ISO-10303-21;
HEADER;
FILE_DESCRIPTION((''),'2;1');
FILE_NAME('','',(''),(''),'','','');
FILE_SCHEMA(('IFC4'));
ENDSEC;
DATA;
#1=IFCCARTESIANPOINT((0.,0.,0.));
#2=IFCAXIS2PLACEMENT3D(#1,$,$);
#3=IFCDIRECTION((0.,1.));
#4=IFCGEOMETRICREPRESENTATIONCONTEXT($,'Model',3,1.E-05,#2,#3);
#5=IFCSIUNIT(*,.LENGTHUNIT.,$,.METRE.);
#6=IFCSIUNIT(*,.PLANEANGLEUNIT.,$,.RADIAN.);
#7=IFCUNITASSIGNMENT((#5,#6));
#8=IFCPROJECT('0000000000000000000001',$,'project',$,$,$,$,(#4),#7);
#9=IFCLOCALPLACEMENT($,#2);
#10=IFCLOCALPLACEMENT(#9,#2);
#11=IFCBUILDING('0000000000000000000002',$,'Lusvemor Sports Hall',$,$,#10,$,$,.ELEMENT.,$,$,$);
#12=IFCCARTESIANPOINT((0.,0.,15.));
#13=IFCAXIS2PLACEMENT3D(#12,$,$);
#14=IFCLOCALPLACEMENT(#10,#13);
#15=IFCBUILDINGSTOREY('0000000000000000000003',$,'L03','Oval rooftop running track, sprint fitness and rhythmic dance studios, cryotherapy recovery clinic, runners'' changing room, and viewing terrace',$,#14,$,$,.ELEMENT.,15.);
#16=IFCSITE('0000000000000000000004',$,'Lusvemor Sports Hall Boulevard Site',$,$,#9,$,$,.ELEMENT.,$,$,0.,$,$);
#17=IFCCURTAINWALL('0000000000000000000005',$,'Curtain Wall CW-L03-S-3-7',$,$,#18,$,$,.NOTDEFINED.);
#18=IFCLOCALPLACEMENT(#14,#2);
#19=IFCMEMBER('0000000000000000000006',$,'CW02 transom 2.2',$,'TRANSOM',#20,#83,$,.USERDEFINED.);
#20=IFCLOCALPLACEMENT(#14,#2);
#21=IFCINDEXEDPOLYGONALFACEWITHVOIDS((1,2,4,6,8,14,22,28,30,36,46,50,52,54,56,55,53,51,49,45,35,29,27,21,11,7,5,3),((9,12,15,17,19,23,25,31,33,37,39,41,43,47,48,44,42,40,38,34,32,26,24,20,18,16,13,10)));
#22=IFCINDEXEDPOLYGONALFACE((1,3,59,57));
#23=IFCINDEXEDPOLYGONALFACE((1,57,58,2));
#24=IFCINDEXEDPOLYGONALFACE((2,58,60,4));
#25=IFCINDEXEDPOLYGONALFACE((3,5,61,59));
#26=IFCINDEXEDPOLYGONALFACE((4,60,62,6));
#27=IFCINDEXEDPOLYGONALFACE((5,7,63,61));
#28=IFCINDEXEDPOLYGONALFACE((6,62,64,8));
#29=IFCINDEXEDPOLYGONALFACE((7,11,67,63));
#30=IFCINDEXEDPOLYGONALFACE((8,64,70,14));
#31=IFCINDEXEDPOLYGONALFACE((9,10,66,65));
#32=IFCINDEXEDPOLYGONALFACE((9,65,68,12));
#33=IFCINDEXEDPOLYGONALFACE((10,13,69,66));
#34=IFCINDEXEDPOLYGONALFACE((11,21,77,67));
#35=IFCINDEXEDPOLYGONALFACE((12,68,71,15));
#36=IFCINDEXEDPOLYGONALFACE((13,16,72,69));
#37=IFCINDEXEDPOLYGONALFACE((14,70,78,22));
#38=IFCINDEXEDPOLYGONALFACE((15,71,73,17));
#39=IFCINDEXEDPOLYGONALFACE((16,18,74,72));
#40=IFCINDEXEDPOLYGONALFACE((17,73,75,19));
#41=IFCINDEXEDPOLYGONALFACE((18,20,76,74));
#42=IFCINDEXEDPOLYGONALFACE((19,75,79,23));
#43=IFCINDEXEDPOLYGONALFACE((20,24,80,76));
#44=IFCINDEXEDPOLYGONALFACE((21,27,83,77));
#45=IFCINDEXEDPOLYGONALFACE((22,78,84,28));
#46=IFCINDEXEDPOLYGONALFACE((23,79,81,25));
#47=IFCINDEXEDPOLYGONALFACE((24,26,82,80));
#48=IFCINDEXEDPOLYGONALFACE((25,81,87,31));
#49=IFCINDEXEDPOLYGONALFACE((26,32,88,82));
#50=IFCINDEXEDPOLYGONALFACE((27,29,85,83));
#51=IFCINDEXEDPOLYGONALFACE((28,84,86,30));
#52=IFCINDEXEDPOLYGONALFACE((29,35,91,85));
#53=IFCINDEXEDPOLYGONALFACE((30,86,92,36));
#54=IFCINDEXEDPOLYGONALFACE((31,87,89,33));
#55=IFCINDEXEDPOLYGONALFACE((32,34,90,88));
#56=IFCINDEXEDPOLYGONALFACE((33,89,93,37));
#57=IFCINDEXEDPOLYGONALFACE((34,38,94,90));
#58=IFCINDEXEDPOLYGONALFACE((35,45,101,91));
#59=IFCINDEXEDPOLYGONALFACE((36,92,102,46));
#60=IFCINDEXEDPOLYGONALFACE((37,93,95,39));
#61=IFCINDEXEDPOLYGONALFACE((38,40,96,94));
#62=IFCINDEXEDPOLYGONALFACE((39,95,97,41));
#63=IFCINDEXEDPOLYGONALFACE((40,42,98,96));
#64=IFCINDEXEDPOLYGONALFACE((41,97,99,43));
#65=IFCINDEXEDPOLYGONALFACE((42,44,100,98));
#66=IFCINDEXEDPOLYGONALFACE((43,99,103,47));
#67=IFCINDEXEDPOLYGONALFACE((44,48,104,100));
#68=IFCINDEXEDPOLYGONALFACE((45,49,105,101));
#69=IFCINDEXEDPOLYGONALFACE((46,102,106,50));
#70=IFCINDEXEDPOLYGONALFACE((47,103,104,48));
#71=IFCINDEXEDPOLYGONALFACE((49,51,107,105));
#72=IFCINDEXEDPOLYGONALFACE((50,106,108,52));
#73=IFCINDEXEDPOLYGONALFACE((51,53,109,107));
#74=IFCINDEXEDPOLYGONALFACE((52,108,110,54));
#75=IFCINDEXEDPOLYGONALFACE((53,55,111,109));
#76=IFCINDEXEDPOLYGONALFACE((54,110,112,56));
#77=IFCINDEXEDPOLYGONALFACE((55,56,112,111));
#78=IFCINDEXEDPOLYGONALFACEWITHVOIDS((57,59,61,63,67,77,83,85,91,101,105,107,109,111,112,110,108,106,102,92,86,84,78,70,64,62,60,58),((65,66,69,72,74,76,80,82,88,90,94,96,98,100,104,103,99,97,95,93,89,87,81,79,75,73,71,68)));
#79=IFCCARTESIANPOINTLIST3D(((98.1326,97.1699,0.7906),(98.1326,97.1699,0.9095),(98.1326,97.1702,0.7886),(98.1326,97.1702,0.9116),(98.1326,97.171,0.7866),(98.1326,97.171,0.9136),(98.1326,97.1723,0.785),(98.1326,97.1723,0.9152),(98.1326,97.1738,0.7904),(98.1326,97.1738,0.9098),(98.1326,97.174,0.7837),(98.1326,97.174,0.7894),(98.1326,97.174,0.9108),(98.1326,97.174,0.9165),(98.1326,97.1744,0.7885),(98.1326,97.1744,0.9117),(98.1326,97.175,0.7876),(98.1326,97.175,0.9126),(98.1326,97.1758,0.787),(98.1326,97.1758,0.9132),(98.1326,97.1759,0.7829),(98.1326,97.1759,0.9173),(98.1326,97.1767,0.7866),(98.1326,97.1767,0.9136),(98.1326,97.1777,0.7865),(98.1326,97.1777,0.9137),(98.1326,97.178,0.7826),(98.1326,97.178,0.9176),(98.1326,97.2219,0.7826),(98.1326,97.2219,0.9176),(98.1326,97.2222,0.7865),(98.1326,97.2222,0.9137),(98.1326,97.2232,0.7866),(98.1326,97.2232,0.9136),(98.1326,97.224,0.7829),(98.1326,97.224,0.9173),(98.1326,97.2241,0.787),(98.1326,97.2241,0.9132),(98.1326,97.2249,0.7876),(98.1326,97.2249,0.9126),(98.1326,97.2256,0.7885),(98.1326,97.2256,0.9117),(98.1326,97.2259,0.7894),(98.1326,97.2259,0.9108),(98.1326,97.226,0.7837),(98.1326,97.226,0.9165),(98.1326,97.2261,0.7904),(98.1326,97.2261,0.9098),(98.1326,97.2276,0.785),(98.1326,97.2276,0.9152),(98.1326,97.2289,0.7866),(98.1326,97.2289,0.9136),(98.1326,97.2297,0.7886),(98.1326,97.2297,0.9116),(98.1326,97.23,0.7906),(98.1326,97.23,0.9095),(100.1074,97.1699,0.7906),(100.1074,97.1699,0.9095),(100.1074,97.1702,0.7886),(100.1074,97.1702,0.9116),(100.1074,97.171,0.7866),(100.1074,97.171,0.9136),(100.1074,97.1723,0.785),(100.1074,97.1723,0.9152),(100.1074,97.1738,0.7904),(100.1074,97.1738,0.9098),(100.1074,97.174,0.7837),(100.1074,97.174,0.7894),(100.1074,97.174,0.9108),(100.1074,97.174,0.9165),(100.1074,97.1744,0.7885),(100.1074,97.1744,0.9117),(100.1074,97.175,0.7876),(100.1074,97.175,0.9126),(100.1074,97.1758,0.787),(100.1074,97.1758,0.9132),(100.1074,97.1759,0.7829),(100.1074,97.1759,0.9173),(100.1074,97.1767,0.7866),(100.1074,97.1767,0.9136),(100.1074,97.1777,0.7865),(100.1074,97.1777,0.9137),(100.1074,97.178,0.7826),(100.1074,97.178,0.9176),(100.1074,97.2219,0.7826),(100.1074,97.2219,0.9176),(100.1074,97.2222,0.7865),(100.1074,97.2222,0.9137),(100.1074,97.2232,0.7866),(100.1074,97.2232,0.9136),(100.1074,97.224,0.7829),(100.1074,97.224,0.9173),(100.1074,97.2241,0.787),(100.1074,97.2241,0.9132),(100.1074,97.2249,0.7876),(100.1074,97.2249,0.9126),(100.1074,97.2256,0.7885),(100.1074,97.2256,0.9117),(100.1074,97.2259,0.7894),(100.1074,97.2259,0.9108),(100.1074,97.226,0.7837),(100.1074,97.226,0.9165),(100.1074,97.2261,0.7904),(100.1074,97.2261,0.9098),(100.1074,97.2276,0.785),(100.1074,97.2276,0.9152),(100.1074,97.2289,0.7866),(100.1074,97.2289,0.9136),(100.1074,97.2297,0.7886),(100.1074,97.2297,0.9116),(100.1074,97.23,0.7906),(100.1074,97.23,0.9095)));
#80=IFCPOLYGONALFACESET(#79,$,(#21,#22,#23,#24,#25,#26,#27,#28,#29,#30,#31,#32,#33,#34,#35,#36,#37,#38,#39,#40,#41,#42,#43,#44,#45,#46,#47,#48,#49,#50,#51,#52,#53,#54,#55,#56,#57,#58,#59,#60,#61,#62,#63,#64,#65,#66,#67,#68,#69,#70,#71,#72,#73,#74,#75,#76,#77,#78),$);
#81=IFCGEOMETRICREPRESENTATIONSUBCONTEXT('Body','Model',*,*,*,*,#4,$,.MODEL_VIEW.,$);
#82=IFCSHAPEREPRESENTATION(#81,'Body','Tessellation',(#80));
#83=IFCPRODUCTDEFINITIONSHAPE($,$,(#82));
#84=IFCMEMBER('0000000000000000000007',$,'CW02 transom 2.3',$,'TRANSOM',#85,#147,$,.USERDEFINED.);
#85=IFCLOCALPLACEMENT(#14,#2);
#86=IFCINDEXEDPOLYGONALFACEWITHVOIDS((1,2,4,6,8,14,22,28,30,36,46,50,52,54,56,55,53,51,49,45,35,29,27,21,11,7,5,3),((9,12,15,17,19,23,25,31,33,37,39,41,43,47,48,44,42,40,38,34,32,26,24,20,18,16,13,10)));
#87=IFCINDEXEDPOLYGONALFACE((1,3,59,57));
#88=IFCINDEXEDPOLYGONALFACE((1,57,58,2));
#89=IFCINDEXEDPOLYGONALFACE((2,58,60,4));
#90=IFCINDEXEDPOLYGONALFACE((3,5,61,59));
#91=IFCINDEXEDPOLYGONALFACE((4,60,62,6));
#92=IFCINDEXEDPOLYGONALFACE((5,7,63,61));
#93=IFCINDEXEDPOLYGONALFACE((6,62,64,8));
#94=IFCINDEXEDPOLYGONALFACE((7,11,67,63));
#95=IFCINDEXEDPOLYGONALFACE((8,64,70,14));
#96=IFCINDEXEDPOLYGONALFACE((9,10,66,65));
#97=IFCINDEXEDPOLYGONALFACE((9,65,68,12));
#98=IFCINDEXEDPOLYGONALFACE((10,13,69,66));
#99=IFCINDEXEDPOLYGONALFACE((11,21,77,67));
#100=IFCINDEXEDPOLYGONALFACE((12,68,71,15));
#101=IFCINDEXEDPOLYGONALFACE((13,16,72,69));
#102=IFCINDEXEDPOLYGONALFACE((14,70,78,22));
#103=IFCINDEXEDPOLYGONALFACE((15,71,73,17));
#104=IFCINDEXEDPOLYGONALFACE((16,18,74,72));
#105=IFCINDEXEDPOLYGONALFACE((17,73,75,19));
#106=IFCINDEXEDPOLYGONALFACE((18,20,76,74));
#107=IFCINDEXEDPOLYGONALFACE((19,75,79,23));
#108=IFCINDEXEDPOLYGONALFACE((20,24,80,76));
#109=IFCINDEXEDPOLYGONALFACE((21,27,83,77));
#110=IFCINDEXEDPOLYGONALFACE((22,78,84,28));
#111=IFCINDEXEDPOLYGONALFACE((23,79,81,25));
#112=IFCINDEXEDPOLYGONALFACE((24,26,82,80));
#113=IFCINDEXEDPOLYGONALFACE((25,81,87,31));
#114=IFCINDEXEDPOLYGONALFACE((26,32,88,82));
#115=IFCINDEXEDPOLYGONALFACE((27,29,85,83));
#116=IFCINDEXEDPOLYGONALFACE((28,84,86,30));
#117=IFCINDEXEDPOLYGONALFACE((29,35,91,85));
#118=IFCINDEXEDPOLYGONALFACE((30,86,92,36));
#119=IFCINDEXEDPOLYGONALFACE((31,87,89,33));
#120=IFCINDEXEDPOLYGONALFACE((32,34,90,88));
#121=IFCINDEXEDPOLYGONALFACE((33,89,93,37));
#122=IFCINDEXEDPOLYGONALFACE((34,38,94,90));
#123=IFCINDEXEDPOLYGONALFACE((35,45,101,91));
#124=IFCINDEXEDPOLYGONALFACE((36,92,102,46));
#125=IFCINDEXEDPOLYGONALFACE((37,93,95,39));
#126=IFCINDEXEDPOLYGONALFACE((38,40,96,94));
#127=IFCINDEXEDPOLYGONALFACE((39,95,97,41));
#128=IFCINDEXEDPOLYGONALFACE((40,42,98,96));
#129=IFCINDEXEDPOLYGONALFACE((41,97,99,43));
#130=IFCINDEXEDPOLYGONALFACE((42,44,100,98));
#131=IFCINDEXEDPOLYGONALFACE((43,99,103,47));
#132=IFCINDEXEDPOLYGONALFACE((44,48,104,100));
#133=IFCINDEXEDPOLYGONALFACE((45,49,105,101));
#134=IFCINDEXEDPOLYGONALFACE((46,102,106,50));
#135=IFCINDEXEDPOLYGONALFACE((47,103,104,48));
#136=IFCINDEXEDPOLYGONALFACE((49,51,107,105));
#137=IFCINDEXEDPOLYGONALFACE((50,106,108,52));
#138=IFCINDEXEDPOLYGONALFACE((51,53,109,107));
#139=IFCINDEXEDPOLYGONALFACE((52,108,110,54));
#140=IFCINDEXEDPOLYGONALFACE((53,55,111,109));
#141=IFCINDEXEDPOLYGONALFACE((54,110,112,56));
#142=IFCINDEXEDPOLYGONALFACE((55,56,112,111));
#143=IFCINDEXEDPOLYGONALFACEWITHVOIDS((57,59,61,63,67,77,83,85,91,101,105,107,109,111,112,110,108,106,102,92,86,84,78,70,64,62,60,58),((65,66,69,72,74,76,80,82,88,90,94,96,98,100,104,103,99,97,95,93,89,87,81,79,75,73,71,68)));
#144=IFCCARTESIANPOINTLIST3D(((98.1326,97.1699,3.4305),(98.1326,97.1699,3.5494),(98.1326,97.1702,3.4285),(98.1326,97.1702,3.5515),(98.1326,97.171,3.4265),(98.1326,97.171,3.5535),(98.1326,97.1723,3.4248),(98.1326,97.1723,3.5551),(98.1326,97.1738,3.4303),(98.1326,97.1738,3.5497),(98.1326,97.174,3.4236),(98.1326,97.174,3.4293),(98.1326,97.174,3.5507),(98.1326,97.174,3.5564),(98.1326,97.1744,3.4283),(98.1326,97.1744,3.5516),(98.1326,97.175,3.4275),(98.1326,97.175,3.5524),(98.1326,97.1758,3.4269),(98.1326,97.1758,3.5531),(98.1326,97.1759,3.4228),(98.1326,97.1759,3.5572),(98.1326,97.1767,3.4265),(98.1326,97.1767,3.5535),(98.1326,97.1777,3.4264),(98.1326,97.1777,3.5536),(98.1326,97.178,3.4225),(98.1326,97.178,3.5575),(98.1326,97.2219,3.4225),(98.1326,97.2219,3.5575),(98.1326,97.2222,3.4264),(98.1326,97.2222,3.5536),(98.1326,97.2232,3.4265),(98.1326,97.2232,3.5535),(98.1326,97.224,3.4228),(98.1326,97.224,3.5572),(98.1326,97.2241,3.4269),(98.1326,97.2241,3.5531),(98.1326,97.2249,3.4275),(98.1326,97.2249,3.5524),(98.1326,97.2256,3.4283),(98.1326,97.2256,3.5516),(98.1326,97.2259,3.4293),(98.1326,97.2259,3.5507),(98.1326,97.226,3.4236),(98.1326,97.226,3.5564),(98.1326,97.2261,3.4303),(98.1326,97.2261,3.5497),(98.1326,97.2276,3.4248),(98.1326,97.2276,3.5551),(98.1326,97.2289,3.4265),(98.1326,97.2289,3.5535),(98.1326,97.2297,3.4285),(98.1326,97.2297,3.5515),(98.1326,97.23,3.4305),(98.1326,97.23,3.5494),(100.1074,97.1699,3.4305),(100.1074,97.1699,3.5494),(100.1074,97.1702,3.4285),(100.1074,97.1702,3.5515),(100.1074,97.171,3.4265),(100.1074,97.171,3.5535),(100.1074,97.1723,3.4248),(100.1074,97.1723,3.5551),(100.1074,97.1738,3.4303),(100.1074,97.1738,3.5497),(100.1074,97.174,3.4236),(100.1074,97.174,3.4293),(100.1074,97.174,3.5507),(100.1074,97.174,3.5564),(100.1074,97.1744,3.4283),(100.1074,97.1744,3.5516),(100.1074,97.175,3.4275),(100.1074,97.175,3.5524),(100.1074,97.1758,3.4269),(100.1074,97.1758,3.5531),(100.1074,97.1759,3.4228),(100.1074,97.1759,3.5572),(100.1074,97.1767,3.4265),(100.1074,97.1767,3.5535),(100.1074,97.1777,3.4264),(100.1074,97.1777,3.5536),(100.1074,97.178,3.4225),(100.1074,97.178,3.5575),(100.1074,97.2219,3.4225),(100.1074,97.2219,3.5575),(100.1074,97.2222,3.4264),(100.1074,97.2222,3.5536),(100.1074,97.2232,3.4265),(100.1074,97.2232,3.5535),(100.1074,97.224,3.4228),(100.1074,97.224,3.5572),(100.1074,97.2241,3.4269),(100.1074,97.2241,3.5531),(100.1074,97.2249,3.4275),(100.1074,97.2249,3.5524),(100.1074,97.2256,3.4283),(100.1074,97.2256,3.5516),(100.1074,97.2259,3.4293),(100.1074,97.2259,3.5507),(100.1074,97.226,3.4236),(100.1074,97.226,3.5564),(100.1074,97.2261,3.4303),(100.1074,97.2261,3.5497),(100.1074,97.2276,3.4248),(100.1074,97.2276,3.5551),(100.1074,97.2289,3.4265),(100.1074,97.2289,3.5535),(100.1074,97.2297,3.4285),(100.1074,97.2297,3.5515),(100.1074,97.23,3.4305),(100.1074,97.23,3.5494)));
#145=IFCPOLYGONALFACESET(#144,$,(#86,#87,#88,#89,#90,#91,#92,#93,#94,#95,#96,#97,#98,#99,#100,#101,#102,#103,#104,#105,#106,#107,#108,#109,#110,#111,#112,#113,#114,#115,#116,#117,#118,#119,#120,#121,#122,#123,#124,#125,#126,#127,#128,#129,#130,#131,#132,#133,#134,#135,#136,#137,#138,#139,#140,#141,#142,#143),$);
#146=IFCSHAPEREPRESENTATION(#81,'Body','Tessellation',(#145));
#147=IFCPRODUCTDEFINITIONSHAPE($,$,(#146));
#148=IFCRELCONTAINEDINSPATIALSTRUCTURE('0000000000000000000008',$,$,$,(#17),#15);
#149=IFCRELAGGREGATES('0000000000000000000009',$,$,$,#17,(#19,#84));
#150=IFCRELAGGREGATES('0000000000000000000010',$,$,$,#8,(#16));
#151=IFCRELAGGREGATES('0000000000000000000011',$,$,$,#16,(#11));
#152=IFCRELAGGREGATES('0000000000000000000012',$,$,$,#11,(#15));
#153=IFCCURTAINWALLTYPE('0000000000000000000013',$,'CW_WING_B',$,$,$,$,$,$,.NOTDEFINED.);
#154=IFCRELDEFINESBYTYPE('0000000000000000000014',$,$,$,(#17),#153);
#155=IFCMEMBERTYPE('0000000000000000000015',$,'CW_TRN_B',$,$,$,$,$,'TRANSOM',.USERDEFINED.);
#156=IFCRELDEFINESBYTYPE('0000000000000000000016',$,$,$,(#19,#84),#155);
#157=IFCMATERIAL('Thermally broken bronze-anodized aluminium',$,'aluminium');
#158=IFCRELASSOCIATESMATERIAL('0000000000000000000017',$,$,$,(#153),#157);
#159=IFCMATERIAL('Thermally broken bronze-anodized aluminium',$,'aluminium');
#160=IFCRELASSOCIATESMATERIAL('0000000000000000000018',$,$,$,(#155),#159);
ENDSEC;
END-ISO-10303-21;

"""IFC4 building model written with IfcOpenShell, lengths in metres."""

from ifc_helpers import new_model, si_unit, direction, frame, origin, origin_2d, place, context, subcontext, project, spatial, hollow_rectangle, extrude, material, material_profile, profile_set, type_object, element, aggregate, save


model = new_model("IFC4")

# Units and contexts
model_context = context("Model", 3, precision=1e-05, world=origin(), true_north=direction((0.0, 1.0)))
body_context = subcontext(model_context, "Body", "Model", "MODEL_VIEW")
ifc_project = project(units=[si_unit("LENGTHUNIT", "METRE"), si_unit("PLANEANGLEUNIT", "RADIAN")], contexts=[model_context])

# Site, building, storey
site_placement = place(None, origin())
site = spatial("IfcSite", under=ifc_project, at=site_placement, Name="Lusvemor Sports Hall Boulevard Site", CompositionType="ELEMENT", RefElevation=0.0)
building_placement = place(site_placement, origin())
building = spatial("IfcBuilding", under=site, at=building_placement, Name="Lusvemor Sports Hall", CompositionType="ELEMENT")
storey_placement = place(building_placement, frame((0.0, 0.0, 15.0)))
storey = spatial("IfcBuildingStorey", under=building, at=storey_placement, Name="L03", Description="Oval rooftop running track, sprint fitness and rhythmic dance studios, cryotherapy recovery clinic, runners' changing room, and viewing terrace", CompositionType="ELEMENT", Elevation=15.0)

# Curtain wall, members
ifc_material_1 = material(Name="Thermally broken bronze-anodized aluminium", Category="aluminium")
curtain_wall_type = type_object("IfcCurtainWallType", Name="CW_WING_B", PredefinedType="NOTDEFINED", material=ifc_material_1)
curtain_wall_placement = place(storey_placement, origin())
curtain_wall = element("IfcCurtainWall", 1, at=curtain_wall_placement, inside=storey, type_object=curtain_wall_type, Name="Curtain Wall CW-L03-S-3-7", PredefinedType="NOTDEFINED")
ifc_material_2 = material(Name="Thermally broken bronze-anodized aluminium", Category="aluminium")
ifc_material_profile_1 = material_profile(ifc_material_2, hollow_rectangle(XDim=0.0601, YDim=0.135, WallThickness=0.0039, InnerFilletRadius=0.0039, OuterFilletRadius=0.0081, at=origin_2d()), Name="CWTRN135x60x4")
ifc_profile_set_1 = profile_set([ifc_material_profile_1], Name="Thermally broken bronze-anodized aluminium")
member_type_1 = type_object("IfcMemberType", Name="CW_TRN_B", ElementType="TRANSOM", PredefinedType="USERDEFINED", material=ifc_profile_set_1)
member_1_placement = place(storey_placement, frame((100.1074, 97.2, 0.8501), z_axis=(-1.0, 0.0, 0.0), x_axis=(0.0, -1.0, 0.0)))
member_1 = element("IfcMember", 2, at=member_1_placement, type_object=member_type_1, Name="CW02 transom 2.2", ObjectType="TRANSOM", PredefinedType="USERDEFINED", context=body_context, shape_type="SweptSolid", body=[
    extrude(hollow_rectangle(XDim=0.0601, YDim=0.135, WallThickness=0.0039, InnerFilletRadius=0.0039, OuterFilletRadius=0.0081, at=origin_2d()), origin(), (0.0, 0.0, 1.0), 1.9749),
])
member_2_placement = place(storey_placement, frame((100.1074, 97.2, 3.49), z_axis=(-1.0, 0.0, 0.0), x_axis=(0.0, -1.0, 0.0)))
member_2 = element("IfcMember", 3, at=member_2_placement, type_object=member_type_1, Name="CW02 transom 2.3", ObjectType="TRANSOM", PredefinedType="USERDEFINED", context=body_context, shape_type="SweptSolid", body=[
    extrude(hollow_rectangle(XDim=0.0601, YDim=0.135, WallThickness=0.0039, InnerFilletRadius=0.0039, OuterFilletRadius=0.0081, at=origin_2d()), origin(), (0.0, 0.0, 1.0), 1.9749),
])

aggregate(curtain_wall, [member_1, member_2])

save(model, "model.ifc")
